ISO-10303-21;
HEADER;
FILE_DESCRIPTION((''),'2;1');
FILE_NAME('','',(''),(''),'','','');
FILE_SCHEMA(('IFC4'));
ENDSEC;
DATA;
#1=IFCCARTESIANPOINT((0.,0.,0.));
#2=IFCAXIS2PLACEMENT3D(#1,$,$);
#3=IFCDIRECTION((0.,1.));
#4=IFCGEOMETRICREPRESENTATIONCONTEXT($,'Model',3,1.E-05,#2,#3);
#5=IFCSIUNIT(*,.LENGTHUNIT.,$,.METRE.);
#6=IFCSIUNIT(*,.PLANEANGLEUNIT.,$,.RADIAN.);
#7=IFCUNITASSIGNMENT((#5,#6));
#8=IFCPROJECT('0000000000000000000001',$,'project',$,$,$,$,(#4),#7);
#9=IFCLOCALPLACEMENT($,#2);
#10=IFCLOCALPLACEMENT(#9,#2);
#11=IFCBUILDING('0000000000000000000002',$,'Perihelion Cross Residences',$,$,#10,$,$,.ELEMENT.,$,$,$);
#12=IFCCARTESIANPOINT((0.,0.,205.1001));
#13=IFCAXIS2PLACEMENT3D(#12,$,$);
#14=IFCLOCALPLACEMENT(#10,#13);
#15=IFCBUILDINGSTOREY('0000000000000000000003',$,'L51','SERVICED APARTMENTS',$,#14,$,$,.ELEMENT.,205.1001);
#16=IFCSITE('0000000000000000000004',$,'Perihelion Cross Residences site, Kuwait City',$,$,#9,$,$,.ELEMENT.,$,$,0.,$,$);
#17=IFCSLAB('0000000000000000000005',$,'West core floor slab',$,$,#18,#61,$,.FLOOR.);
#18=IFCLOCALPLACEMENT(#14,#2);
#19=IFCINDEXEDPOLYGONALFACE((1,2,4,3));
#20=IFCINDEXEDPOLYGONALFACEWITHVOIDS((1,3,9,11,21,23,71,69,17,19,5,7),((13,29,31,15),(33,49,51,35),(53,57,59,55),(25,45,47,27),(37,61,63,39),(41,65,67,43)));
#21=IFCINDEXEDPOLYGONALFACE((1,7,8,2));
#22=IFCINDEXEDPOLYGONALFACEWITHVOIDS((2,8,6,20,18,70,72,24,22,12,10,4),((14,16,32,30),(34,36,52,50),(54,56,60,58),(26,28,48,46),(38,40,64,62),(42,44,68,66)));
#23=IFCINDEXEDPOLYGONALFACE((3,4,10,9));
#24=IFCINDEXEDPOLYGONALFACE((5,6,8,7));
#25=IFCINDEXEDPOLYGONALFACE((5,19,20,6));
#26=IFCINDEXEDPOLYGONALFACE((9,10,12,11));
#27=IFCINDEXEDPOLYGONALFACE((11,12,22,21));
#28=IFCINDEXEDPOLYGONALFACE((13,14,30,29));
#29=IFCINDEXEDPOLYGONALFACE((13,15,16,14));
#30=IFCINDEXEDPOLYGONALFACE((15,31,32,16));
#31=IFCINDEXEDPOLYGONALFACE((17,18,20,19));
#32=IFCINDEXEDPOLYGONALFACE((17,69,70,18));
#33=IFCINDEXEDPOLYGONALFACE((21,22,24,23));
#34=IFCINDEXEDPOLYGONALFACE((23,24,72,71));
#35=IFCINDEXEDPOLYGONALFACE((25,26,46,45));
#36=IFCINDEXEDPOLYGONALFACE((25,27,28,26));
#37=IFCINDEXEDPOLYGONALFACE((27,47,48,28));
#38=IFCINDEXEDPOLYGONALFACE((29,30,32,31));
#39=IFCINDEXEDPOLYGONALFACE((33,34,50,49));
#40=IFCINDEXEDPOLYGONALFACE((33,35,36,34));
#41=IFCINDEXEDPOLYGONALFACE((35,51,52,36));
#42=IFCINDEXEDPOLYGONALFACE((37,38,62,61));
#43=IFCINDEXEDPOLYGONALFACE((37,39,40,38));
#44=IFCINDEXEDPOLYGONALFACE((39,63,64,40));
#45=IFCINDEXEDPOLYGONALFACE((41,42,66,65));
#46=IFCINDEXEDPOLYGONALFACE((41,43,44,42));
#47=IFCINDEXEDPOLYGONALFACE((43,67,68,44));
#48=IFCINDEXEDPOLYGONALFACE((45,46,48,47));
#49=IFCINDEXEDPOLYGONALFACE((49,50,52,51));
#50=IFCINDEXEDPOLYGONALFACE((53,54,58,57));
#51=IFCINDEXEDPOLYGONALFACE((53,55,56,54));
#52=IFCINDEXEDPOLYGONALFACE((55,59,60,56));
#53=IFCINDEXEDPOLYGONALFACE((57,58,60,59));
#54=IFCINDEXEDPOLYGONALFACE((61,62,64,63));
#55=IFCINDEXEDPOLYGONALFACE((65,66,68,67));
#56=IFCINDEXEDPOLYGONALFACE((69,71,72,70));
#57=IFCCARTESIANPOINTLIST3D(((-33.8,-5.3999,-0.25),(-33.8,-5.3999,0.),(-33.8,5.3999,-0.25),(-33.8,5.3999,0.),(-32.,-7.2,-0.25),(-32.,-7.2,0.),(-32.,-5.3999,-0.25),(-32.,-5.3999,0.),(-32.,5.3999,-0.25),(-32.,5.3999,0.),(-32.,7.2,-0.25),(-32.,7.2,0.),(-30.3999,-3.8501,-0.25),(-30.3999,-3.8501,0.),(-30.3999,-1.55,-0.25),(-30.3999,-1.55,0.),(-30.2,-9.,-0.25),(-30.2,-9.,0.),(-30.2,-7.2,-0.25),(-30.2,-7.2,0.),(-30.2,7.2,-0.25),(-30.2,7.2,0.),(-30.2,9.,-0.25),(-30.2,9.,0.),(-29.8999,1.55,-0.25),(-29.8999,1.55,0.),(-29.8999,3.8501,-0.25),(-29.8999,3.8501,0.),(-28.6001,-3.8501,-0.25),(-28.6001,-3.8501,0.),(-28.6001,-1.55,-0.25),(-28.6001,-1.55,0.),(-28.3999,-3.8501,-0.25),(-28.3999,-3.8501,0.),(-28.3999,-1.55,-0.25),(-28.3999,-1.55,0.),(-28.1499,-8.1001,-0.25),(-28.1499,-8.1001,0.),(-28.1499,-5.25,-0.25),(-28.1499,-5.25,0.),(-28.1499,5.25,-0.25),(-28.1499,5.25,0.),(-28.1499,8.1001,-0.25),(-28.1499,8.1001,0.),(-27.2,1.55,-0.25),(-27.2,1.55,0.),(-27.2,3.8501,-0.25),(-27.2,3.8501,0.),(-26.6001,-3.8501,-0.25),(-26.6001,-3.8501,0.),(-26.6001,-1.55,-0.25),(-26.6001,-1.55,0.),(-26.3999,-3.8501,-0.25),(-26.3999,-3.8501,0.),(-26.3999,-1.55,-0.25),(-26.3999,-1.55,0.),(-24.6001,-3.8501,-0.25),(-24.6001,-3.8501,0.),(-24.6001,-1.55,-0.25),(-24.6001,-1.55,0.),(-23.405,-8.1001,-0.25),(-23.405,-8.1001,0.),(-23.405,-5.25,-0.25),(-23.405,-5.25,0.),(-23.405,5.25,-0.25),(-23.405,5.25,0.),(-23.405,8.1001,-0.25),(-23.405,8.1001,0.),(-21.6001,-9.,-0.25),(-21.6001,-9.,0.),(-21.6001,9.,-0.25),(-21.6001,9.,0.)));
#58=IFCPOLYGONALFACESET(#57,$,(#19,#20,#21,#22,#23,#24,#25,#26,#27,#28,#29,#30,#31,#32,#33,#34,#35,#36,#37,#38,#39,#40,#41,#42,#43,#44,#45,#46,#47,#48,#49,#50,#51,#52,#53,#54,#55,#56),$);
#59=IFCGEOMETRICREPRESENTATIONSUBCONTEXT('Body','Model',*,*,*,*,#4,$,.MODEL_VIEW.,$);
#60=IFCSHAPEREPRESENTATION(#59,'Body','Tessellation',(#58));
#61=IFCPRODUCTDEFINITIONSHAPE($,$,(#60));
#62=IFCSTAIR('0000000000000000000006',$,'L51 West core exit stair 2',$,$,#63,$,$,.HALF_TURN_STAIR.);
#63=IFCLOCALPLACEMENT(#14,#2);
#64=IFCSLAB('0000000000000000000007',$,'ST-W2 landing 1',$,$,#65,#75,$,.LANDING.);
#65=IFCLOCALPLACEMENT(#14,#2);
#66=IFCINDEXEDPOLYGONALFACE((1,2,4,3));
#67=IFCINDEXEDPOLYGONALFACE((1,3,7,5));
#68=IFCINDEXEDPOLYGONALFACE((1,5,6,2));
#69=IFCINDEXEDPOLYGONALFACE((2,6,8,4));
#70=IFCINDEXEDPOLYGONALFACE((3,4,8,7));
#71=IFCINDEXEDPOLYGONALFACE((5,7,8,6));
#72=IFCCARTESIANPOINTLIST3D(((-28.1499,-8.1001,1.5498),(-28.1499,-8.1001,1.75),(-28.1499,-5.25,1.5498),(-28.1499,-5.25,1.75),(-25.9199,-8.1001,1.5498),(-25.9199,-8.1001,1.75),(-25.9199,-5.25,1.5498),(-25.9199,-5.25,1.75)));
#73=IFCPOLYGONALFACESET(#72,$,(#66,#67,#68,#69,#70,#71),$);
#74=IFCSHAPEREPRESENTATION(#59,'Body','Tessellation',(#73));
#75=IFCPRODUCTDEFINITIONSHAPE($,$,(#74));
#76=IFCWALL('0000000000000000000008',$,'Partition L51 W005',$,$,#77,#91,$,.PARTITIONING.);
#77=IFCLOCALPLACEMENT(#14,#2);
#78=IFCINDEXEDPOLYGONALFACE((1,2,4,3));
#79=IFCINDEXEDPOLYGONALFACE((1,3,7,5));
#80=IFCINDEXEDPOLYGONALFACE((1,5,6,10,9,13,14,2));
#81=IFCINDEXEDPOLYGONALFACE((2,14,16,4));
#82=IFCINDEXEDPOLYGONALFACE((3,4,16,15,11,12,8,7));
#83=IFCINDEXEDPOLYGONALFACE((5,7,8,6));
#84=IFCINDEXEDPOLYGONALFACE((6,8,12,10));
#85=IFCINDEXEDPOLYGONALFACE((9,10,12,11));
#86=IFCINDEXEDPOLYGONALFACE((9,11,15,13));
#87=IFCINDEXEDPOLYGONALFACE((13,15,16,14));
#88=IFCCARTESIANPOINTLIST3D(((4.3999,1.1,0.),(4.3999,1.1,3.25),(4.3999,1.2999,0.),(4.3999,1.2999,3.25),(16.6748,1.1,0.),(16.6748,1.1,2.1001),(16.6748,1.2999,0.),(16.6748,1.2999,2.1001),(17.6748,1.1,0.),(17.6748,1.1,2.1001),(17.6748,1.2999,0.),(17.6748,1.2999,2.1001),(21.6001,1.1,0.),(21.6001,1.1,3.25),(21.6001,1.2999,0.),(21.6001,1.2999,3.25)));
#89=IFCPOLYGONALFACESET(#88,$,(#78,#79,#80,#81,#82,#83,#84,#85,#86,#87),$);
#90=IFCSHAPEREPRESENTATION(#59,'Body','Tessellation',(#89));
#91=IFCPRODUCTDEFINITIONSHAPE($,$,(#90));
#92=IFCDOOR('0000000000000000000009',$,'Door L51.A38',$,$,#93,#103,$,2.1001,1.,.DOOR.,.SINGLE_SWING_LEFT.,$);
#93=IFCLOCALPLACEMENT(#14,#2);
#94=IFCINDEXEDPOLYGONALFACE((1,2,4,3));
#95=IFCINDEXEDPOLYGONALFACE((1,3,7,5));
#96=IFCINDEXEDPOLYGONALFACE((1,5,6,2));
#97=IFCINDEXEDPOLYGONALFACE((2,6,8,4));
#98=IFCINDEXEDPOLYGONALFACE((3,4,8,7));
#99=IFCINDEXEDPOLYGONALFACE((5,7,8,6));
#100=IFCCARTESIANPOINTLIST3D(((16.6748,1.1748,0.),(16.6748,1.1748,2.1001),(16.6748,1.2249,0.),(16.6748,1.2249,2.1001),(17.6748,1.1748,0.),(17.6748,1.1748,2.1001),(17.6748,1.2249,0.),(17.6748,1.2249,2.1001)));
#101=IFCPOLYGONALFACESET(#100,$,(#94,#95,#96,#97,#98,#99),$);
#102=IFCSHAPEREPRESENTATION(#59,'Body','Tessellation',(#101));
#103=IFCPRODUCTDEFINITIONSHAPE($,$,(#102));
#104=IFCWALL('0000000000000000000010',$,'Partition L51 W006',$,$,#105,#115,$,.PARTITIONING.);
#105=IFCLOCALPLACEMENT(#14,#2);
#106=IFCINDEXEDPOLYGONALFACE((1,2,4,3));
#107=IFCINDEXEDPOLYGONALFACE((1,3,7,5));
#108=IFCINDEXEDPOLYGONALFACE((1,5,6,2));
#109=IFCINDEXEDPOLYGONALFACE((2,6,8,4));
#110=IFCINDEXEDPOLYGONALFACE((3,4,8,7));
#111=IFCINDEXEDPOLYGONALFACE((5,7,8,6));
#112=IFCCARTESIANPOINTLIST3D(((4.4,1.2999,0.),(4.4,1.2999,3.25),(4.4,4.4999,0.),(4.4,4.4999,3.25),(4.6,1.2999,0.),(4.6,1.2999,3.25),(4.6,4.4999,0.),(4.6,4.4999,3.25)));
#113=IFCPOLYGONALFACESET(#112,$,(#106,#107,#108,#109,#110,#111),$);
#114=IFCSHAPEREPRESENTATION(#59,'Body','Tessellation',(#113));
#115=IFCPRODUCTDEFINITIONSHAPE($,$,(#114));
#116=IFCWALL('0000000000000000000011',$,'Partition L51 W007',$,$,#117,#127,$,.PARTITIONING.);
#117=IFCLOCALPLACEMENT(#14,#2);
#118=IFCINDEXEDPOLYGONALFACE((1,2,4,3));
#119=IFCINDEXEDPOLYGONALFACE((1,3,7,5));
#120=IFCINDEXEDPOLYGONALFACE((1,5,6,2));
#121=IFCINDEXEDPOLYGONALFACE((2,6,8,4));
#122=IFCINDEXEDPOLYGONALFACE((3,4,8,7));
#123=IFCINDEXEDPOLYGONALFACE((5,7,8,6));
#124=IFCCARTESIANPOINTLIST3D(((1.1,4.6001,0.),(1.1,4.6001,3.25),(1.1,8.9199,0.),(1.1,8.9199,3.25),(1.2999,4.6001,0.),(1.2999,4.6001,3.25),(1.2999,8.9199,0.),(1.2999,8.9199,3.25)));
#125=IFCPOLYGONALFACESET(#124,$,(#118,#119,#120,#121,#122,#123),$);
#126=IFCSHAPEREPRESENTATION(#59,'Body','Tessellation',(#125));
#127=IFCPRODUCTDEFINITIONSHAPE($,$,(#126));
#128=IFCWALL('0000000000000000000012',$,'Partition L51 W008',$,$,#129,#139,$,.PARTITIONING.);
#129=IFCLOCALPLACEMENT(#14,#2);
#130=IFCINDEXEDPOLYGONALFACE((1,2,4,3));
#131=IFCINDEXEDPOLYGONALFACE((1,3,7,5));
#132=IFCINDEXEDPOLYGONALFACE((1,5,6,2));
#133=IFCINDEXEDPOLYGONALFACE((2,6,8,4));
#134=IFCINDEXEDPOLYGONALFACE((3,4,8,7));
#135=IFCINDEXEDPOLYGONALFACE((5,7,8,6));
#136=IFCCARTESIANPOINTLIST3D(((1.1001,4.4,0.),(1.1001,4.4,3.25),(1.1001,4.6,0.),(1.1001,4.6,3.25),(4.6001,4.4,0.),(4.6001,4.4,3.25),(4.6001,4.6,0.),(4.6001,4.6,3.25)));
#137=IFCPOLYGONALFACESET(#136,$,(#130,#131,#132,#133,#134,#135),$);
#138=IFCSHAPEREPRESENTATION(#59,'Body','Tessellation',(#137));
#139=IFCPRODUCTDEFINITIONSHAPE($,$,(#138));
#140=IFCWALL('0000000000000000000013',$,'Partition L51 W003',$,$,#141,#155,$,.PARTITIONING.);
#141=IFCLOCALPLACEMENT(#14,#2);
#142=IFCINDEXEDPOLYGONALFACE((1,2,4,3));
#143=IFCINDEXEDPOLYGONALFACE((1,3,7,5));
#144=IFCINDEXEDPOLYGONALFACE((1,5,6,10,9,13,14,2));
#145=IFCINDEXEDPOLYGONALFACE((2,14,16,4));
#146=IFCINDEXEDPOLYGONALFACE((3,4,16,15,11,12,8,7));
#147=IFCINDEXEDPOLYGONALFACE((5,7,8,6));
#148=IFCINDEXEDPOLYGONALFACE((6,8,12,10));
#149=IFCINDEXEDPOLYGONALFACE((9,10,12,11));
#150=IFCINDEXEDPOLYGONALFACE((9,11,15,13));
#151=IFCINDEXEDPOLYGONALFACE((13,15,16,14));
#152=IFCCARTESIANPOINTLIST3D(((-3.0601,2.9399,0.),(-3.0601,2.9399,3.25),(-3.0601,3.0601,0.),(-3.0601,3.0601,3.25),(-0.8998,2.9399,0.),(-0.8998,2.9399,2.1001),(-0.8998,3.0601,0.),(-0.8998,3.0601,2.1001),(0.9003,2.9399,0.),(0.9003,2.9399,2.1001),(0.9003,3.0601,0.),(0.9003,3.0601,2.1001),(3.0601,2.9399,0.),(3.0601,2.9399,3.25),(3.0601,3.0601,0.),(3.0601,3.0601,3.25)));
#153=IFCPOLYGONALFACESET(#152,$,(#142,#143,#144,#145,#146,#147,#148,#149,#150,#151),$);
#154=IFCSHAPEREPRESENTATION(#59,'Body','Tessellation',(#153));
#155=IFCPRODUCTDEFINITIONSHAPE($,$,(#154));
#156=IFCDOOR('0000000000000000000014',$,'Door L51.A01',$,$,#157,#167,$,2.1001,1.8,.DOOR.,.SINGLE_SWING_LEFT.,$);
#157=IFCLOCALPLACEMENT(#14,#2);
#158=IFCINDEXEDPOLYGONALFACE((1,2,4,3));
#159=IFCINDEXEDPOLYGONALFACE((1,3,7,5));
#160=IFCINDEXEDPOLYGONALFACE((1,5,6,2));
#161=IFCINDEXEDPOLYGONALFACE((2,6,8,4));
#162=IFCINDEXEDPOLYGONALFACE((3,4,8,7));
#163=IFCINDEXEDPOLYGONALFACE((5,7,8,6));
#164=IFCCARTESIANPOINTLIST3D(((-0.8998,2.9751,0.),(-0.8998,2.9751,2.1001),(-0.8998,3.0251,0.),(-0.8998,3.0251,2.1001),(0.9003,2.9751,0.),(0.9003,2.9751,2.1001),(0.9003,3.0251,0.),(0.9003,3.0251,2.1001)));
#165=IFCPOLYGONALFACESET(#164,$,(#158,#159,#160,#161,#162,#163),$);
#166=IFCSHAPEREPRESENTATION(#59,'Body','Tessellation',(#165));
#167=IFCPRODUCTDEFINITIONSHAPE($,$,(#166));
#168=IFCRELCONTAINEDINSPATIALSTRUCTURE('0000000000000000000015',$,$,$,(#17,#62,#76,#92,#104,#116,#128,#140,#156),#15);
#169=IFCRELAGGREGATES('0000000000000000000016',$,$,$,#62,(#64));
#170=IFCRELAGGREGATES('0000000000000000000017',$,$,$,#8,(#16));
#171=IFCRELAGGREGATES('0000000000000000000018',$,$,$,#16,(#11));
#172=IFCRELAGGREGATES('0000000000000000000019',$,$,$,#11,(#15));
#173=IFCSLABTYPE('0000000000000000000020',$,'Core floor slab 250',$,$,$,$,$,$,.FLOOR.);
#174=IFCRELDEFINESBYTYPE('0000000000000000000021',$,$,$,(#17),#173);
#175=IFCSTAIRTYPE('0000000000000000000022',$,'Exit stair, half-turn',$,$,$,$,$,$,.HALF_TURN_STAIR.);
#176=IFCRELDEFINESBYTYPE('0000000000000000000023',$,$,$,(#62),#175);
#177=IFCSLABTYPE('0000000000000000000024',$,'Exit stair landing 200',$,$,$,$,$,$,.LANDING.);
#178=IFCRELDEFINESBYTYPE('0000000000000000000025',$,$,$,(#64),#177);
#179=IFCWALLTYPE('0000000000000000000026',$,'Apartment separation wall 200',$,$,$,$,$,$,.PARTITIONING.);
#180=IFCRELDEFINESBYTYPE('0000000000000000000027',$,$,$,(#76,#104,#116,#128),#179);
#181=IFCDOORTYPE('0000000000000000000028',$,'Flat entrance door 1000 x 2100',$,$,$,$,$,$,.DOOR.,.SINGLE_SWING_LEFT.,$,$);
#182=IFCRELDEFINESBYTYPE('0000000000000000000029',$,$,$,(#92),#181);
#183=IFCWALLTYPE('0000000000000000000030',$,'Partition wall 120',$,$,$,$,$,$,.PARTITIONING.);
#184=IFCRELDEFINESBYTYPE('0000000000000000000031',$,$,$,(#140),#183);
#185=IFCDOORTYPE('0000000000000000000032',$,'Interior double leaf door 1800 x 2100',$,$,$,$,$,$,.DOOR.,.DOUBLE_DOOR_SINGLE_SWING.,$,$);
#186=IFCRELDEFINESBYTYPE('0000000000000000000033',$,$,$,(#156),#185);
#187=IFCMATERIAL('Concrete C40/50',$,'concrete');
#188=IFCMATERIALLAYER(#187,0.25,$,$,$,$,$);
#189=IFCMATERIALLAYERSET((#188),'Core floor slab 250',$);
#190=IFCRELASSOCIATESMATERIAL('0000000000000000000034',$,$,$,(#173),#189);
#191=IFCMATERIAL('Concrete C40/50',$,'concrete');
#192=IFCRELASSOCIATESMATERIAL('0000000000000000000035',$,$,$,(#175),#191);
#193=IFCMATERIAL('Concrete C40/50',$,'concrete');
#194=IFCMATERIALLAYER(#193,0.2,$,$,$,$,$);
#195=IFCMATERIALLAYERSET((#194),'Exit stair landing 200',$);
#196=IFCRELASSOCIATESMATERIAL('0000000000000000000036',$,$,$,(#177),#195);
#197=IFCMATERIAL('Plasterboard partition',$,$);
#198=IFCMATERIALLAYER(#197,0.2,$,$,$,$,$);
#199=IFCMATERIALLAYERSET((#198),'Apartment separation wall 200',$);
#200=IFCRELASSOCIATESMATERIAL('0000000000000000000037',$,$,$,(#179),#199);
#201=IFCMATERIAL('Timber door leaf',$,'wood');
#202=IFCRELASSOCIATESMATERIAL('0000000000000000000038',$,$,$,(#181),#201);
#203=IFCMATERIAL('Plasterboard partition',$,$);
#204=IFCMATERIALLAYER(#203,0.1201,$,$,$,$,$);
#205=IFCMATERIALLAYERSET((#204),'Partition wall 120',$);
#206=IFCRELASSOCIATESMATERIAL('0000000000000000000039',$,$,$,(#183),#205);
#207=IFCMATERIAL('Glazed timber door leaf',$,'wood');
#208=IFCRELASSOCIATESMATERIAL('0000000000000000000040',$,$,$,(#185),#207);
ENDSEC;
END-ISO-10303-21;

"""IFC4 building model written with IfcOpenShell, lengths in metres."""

from ifc_helpers import new_model, si_unit, direction, frame, frame_2d, origin, place, context, subcontext, project, spatial, polyline, rectangle, outline, extrude, material, layer, layer_set, type_object, element, fill, aggregate, save


model = new_model("IFC4")

# Units and contexts
model_context = context("Model", 3, precision=1e-05, world=origin(), true_north=direction((0.0, 1.0)))
body_context = subcontext(model_context, "Body", "Model", "MODEL_VIEW")
ifc_project = project(units=[si_unit("LENGTHUNIT", "METRE"), si_unit("PLANEANGLEUNIT", "RADIAN")], contexts=[model_context])

# Site, building, storey
site_placement = place(None, origin())
site = spatial("IfcSite", under=ifc_project, at=site_placement, Name="Perihelion Cross Residences site, Kuwait City", CompositionType="ELEMENT", RefElevation=0.0)
building_placement = place(site_placement, origin())
building = spatial("IfcBuilding", under=site, at=building_placement, Name="Perihelion Cross Residences", CompositionType="ELEMENT")
storey_placement = place(building_placement, frame((0.0, 0.0, 205.1001)))
storey = spatial("IfcBuildingStorey", under=building, at=storey_placement, Name="L51", Description="SERVICED APARTMENTS", CompositionType="ELEMENT", Elevation=205.1001)

# Slab
ifc_material_1 = material(Name="Concrete C40/50", Category="concrete")
ifc_layer_1 = layer(ifc_material_1, 0.25)
ifc_layer_set_1 = layer_set([ifc_layer_1], Name="Core floor slab 250")
slab_type_1 = type_object("IfcSlabType", Name="Core floor slab 250", PredefinedType="FLOOR", material=ifc_layer_set_1)
slab_1_placement = place(storey_placement, frame((0.0, 0.0, -0.25)))
element("IfcSlab", 1, at=slab_1_placement, inside=storey, type_object=slab_type_1, Name="West core floor slab", PredefinedType="FLOOR", context=body_context, shape_type="SweptSolid", body=[
    extrude(outline(polyline([(-30.2, 7.2), (-32.0, 7.2), (-32.0, 5.3999), (-33.8, 5.3999), (-33.8, -5.3999), (-32.0, -5.3999), (-32.0, -7.2), (-30.2, -7.2), (-30.2, -9.0), (-21.6001, -9.0), (-21.6001, 9.0), (-30.2, 9.0), (-30.2, 7.2)]), holes=[polyline([(-28.1499, -8.1001), (-28.1499, -5.25), (-23.405, -5.25), (-23.405, -8.1001), (-28.1499, -8.1001)]), polyline([(-24.6001, -1.55), (-24.6001, -3.8501), (-26.3999, -3.8501), (-26.3999, -1.55), (-24.6001, -1.55)]), polyline([(-26.6001, -1.55), (-26.6001, -3.8501), (-28.3999, -3.8501), (-28.3999, -1.55), (-26.6001, -1.55)]), polyline([(-28.6001, -3.8501), (-30.3999, -3.8501), (-30.3999, -1.55), (-28.6001, -1.55), (-28.6001, -3.8501)]), polyline([(-27.2, 3.8501), (-27.2, 1.55), (-29.8999, 1.55), (-29.8999, 3.8501), (-27.2, 3.8501)]), polyline([(-23.405, 5.25), (-28.1499, 5.25), (-28.1499, 8.1001), (-23.405, 8.1001), (-23.405, 5.25)])]), origin(), (0.0, 0.0, 1.0), 0.25),
])

# Stair, slab
ifc_material_2 = material(Name="Concrete C40/50", Category="concrete")
stair_type = type_object("IfcStairType", Name="Exit stair, half-turn", PredefinedType="HALF_TURN_STAIR", material=ifc_material_2)
stair_placement = place(storey_placement, origin())
stair = element("IfcStair", 2, at=stair_placement, inside=storey, type_object=stair_type, Name="L51 West core exit stair 2", PredefinedType="HALF_TURN_STAIR")
ifc_material_3 = material(Name="Concrete C40/50", Category="concrete")
ifc_layer_2 = layer(ifc_material_3, 0.2)
ifc_layer_set_2 = layer_set([ifc_layer_2], Name="Exit stair landing 200")
slab_type_2 = type_object("IfcSlabType", Name="Exit stair landing 200", PredefinedType="LANDING", material=ifc_layer_set_2)
slab_2_placement = place(storey_placement, frame((0.0, 0.0, 1.5498)))
slab_2 = element("IfcSlab", 3, at=slab_2_placement, type_object=slab_type_2, Name="ST-W2 landing 1", PredefinedType="LANDING", context=body_context, shape_type="SweptSolid", body=[
    extrude(outline(polyline([(-25.9199, -5.25), (-28.1499, -5.25), (-28.1499, -8.1001), (-25.9199, -8.1001), (-25.9199, -5.25)])), origin(), (0.0, 0.0, 1.0), 0.2002),
])
aggregate(stair, [slab_2])

# Wall, opening, door
ifc_material_4 = material(Name="Plasterboard partition")
ifc_layer_3 = layer(ifc_material_4, 0.2)
ifc_layer_set_3 = layer_set([ifc_layer_3], Name="Apartment separation wall 200")
wall_type_1 = type_object("IfcWallType", Name="Apartment separation wall 200", PredefinedType="PARTITIONING", material=ifc_layer_set_3)
wall_1_placement = place(storey_placement, frame((4.3999, 1.2, 0.0), z_axis=(0.0, 0.0, 1.0), x_axis=(1.0, 0.0, 0.0)))
wall_1 = element("IfcWall", 4, at=wall_1_placement, inside=storey, type_object=wall_type_1, Name="Partition L51 W005", PredefinedType="PARTITIONING", context=body_context, shape_type="SweptSolid", body=[
    extrude(rectangle(XDim=17.2002, YDim=0.2, at=frame_2d((8.6001, 0.0))), origin(), (0.0, 0.0, 1.0), 3.25),
])
opening_1_placement = place(wall_1_placement, frame((12.2749, 0.0, 0.0)))
opening_1 = element("IfcOpeningElement", 5, at=opening_1_placement, cuts=wall_1, PredefinedType="OPENING", context=body_context, shape_type="SweptSolid", body=[
    extrude(rectangle(XDim=1.0, YDim=2.1001, at=frame_2d((0.5, 1.05))), frame((0.0, 0.1099, 0.0), z_axis=(0.0, -1.0, 0.0), x_axis=(1.0, 0.0, 0.0)), (0.0, 0.0, 1.0), 0.22),
])
ifc_material_5 = material(Name="Timber door leaf", Category="wood")
door_type_1 = type_object("IfcDoorType", Name="Flat entrance door 1000 x 2100", OperationType="SINGLE_SWING_LEFT", PredefinedType="DOOR", material=ifc_material_5)
door_1_placement = place(opening_1_placement, origin())
door_1 = element("IfcDoor", 6, at=door_1_placement, inside=storey, type_object=door_type_1, Name="Door L51.A38", OperationType="SINGLE_SWING_LEFT", OverallHeight=2.1001, OverallWidth=1.0, PredefinedType="DOOR", context=body_context, shape_type="SweptSolid", body=[
    extrude(rectangle(XDim=1.0, YDim=2.1001, at=frame_2d((0.5, 1.05))), frame((0.0, 0.0249, 0.0), z_axis=(0.0, -1.0, 0.0), x_axis=(1.0, 0.0, 0.0)), (0.0, 0.0, 1.0), 0.05),
])
fill(opening_1, door_1)

# Walls
wall_2_placement = place(storey_placement, frame((4.5, 4.5, 0.0), z_axis=(0.0, 0.0, 1.0), x_axis=(0.0, -1.0, 0.0)))
element("IfcWall", 7, at=wall_2_placement, inside=storey, type_object=wall_type_1, Name="Partition L51 W006", PredefinedType="PARTITIONING", context=body_context, shape_type="SweptSolid", body=[
    extrude(rectangle(XDim=3.2, YDim=0.2, at=frame_2d((1.6001, 0.0))), origin(), (0.0, 0.0, 1.0), 3.25),
])
wall_3_placement = place(storey_placement, frame((1.2, 8.9199, 0.0), z_axis=(0.0, 0.0, 1.0), x_axis=(0.0, -1.0, 0.0)))
element("IfcWall", 8, at=wall_3_placement, inside=storey, type_object=wall_type_1, Name="Partition L51 W007", PredefinedType="PARTITIONING", context=body_context, shape_type="SweptSolid", body=[
    extrude(rectangle(XDim=4.3198, YDim=0.2, at=frame_2d((2.1599, 0.0))), origin(), (0.0, 0.0, 1.0), 3.25),
])
wall_4_placement = place(storey_placement, frame((1.1001, 4.5, 0.0), z_axis=(0.0, 0.0, 1.0), x_axis=(1.0, 0.0, 0.0)))
element("IfcWall", 9, at=wall_4_placement, inside=storey, type_object=wall_type_1, Name="Partition L51 W008", PredefinedType="PARTITIONING", context=body_context, shape_type="SweptSolid", body=[
    extrude(rectangle(XDim=3.5, YDim=0.2, at=frame_2d((1.75, 0.0))), origin(), (0.0, 0.0, 1.0), 3.25),
])

# Wall, opening, door
ifc_material_6 = material(Name="Plasterboard partition")
ifc_layer_4 = layer(ifc_material_6, 0.1201)
ifc_layer_set_4 = layer_set([ifc_layer_4], Name="Partition wall 120")
wall_type_2 = type_object("IfcWallType", Name="Partition wall 120", PredefinedType="PARTITIONING", material=ifc_layer_set_4)
wall_5_placement = place(storey_placement, frame((3.0601, 3.0, 0.0), z_axis=(0.0, 0.0, 1.0), x_axis=(-1.0, 0.0, 0.0)))
wall_5 = element("IfcWall", 10, at=wall_5_placement, inside=storey, type_object=wall_type_2, Name="Partition L51 W003", PredefinedType="PARTITIONING", context=body_context, shape_type="SweptSolid", body=[
    extrude(rectangle(XDim=6.1201, YDim=0.1201, at=frame_2d((3.0601, 0.0))), origin(), (0.0, 0.0, 1.0), 3.25),
])
opening_2_placement = place(wall_5_placement, frame((2.1599, 0.0, 0.0)))
opening_2 = element("IfcOpeningElement", 11, at=opening_2_placement, cuts=wall_5, PredefinedType="OPENING", context=body_context, shape_type="SweptSolid", body=[
    extrude(rectangle(XDim=1.8, YDim=2.1001, at=frame_2d((0.8999, 1.05))), frame((0.0, 0.0701, 0.0), z_axis=(0.0, -1.0, 0.0), x_axis=(1.0, 0.0, 0.0)), (0.0, 0.0, 1.0), 0.1401),
])
ifc_material_7 = material(Name="Glazed timber door leaf", Category="wood")
door_type_2 = type_object("IfcDoorType", Name="Interior double leaf door 1800 x 2100", OperationType="DOUBLE_DOOR_SINGLE_SWING", PredefinedType="DOOR", material=ifc_material_7)
door_2_placement = place(opening_2_placement, origin())
door_2 = element("IfcDoor", 12, at=door_2_placement, inside=storey, type_object=door_type_2, Name="Door L51.A01", OperationType="SINGLE_SWING_LEFT", OverallHeight=2.1001, OverallWidth=1.8, PredefinedType="DOOR", context=body_context, shape_type="SweptSolid", body=[
    extrude(rectangle(XDim=1.8, YDim=2.1001, at=frame_2d((0.8999, 1.05))), frame((0.0, 0.0249, 0.0), z_axis=(0.0, -1.0, 0.0), x_axis=(1.0, 0.0, 0.0)), (0.0, 0.0, 1.0), 0.05),
])
fill(opening_2, door_2)

save(model, "model.ifc")
